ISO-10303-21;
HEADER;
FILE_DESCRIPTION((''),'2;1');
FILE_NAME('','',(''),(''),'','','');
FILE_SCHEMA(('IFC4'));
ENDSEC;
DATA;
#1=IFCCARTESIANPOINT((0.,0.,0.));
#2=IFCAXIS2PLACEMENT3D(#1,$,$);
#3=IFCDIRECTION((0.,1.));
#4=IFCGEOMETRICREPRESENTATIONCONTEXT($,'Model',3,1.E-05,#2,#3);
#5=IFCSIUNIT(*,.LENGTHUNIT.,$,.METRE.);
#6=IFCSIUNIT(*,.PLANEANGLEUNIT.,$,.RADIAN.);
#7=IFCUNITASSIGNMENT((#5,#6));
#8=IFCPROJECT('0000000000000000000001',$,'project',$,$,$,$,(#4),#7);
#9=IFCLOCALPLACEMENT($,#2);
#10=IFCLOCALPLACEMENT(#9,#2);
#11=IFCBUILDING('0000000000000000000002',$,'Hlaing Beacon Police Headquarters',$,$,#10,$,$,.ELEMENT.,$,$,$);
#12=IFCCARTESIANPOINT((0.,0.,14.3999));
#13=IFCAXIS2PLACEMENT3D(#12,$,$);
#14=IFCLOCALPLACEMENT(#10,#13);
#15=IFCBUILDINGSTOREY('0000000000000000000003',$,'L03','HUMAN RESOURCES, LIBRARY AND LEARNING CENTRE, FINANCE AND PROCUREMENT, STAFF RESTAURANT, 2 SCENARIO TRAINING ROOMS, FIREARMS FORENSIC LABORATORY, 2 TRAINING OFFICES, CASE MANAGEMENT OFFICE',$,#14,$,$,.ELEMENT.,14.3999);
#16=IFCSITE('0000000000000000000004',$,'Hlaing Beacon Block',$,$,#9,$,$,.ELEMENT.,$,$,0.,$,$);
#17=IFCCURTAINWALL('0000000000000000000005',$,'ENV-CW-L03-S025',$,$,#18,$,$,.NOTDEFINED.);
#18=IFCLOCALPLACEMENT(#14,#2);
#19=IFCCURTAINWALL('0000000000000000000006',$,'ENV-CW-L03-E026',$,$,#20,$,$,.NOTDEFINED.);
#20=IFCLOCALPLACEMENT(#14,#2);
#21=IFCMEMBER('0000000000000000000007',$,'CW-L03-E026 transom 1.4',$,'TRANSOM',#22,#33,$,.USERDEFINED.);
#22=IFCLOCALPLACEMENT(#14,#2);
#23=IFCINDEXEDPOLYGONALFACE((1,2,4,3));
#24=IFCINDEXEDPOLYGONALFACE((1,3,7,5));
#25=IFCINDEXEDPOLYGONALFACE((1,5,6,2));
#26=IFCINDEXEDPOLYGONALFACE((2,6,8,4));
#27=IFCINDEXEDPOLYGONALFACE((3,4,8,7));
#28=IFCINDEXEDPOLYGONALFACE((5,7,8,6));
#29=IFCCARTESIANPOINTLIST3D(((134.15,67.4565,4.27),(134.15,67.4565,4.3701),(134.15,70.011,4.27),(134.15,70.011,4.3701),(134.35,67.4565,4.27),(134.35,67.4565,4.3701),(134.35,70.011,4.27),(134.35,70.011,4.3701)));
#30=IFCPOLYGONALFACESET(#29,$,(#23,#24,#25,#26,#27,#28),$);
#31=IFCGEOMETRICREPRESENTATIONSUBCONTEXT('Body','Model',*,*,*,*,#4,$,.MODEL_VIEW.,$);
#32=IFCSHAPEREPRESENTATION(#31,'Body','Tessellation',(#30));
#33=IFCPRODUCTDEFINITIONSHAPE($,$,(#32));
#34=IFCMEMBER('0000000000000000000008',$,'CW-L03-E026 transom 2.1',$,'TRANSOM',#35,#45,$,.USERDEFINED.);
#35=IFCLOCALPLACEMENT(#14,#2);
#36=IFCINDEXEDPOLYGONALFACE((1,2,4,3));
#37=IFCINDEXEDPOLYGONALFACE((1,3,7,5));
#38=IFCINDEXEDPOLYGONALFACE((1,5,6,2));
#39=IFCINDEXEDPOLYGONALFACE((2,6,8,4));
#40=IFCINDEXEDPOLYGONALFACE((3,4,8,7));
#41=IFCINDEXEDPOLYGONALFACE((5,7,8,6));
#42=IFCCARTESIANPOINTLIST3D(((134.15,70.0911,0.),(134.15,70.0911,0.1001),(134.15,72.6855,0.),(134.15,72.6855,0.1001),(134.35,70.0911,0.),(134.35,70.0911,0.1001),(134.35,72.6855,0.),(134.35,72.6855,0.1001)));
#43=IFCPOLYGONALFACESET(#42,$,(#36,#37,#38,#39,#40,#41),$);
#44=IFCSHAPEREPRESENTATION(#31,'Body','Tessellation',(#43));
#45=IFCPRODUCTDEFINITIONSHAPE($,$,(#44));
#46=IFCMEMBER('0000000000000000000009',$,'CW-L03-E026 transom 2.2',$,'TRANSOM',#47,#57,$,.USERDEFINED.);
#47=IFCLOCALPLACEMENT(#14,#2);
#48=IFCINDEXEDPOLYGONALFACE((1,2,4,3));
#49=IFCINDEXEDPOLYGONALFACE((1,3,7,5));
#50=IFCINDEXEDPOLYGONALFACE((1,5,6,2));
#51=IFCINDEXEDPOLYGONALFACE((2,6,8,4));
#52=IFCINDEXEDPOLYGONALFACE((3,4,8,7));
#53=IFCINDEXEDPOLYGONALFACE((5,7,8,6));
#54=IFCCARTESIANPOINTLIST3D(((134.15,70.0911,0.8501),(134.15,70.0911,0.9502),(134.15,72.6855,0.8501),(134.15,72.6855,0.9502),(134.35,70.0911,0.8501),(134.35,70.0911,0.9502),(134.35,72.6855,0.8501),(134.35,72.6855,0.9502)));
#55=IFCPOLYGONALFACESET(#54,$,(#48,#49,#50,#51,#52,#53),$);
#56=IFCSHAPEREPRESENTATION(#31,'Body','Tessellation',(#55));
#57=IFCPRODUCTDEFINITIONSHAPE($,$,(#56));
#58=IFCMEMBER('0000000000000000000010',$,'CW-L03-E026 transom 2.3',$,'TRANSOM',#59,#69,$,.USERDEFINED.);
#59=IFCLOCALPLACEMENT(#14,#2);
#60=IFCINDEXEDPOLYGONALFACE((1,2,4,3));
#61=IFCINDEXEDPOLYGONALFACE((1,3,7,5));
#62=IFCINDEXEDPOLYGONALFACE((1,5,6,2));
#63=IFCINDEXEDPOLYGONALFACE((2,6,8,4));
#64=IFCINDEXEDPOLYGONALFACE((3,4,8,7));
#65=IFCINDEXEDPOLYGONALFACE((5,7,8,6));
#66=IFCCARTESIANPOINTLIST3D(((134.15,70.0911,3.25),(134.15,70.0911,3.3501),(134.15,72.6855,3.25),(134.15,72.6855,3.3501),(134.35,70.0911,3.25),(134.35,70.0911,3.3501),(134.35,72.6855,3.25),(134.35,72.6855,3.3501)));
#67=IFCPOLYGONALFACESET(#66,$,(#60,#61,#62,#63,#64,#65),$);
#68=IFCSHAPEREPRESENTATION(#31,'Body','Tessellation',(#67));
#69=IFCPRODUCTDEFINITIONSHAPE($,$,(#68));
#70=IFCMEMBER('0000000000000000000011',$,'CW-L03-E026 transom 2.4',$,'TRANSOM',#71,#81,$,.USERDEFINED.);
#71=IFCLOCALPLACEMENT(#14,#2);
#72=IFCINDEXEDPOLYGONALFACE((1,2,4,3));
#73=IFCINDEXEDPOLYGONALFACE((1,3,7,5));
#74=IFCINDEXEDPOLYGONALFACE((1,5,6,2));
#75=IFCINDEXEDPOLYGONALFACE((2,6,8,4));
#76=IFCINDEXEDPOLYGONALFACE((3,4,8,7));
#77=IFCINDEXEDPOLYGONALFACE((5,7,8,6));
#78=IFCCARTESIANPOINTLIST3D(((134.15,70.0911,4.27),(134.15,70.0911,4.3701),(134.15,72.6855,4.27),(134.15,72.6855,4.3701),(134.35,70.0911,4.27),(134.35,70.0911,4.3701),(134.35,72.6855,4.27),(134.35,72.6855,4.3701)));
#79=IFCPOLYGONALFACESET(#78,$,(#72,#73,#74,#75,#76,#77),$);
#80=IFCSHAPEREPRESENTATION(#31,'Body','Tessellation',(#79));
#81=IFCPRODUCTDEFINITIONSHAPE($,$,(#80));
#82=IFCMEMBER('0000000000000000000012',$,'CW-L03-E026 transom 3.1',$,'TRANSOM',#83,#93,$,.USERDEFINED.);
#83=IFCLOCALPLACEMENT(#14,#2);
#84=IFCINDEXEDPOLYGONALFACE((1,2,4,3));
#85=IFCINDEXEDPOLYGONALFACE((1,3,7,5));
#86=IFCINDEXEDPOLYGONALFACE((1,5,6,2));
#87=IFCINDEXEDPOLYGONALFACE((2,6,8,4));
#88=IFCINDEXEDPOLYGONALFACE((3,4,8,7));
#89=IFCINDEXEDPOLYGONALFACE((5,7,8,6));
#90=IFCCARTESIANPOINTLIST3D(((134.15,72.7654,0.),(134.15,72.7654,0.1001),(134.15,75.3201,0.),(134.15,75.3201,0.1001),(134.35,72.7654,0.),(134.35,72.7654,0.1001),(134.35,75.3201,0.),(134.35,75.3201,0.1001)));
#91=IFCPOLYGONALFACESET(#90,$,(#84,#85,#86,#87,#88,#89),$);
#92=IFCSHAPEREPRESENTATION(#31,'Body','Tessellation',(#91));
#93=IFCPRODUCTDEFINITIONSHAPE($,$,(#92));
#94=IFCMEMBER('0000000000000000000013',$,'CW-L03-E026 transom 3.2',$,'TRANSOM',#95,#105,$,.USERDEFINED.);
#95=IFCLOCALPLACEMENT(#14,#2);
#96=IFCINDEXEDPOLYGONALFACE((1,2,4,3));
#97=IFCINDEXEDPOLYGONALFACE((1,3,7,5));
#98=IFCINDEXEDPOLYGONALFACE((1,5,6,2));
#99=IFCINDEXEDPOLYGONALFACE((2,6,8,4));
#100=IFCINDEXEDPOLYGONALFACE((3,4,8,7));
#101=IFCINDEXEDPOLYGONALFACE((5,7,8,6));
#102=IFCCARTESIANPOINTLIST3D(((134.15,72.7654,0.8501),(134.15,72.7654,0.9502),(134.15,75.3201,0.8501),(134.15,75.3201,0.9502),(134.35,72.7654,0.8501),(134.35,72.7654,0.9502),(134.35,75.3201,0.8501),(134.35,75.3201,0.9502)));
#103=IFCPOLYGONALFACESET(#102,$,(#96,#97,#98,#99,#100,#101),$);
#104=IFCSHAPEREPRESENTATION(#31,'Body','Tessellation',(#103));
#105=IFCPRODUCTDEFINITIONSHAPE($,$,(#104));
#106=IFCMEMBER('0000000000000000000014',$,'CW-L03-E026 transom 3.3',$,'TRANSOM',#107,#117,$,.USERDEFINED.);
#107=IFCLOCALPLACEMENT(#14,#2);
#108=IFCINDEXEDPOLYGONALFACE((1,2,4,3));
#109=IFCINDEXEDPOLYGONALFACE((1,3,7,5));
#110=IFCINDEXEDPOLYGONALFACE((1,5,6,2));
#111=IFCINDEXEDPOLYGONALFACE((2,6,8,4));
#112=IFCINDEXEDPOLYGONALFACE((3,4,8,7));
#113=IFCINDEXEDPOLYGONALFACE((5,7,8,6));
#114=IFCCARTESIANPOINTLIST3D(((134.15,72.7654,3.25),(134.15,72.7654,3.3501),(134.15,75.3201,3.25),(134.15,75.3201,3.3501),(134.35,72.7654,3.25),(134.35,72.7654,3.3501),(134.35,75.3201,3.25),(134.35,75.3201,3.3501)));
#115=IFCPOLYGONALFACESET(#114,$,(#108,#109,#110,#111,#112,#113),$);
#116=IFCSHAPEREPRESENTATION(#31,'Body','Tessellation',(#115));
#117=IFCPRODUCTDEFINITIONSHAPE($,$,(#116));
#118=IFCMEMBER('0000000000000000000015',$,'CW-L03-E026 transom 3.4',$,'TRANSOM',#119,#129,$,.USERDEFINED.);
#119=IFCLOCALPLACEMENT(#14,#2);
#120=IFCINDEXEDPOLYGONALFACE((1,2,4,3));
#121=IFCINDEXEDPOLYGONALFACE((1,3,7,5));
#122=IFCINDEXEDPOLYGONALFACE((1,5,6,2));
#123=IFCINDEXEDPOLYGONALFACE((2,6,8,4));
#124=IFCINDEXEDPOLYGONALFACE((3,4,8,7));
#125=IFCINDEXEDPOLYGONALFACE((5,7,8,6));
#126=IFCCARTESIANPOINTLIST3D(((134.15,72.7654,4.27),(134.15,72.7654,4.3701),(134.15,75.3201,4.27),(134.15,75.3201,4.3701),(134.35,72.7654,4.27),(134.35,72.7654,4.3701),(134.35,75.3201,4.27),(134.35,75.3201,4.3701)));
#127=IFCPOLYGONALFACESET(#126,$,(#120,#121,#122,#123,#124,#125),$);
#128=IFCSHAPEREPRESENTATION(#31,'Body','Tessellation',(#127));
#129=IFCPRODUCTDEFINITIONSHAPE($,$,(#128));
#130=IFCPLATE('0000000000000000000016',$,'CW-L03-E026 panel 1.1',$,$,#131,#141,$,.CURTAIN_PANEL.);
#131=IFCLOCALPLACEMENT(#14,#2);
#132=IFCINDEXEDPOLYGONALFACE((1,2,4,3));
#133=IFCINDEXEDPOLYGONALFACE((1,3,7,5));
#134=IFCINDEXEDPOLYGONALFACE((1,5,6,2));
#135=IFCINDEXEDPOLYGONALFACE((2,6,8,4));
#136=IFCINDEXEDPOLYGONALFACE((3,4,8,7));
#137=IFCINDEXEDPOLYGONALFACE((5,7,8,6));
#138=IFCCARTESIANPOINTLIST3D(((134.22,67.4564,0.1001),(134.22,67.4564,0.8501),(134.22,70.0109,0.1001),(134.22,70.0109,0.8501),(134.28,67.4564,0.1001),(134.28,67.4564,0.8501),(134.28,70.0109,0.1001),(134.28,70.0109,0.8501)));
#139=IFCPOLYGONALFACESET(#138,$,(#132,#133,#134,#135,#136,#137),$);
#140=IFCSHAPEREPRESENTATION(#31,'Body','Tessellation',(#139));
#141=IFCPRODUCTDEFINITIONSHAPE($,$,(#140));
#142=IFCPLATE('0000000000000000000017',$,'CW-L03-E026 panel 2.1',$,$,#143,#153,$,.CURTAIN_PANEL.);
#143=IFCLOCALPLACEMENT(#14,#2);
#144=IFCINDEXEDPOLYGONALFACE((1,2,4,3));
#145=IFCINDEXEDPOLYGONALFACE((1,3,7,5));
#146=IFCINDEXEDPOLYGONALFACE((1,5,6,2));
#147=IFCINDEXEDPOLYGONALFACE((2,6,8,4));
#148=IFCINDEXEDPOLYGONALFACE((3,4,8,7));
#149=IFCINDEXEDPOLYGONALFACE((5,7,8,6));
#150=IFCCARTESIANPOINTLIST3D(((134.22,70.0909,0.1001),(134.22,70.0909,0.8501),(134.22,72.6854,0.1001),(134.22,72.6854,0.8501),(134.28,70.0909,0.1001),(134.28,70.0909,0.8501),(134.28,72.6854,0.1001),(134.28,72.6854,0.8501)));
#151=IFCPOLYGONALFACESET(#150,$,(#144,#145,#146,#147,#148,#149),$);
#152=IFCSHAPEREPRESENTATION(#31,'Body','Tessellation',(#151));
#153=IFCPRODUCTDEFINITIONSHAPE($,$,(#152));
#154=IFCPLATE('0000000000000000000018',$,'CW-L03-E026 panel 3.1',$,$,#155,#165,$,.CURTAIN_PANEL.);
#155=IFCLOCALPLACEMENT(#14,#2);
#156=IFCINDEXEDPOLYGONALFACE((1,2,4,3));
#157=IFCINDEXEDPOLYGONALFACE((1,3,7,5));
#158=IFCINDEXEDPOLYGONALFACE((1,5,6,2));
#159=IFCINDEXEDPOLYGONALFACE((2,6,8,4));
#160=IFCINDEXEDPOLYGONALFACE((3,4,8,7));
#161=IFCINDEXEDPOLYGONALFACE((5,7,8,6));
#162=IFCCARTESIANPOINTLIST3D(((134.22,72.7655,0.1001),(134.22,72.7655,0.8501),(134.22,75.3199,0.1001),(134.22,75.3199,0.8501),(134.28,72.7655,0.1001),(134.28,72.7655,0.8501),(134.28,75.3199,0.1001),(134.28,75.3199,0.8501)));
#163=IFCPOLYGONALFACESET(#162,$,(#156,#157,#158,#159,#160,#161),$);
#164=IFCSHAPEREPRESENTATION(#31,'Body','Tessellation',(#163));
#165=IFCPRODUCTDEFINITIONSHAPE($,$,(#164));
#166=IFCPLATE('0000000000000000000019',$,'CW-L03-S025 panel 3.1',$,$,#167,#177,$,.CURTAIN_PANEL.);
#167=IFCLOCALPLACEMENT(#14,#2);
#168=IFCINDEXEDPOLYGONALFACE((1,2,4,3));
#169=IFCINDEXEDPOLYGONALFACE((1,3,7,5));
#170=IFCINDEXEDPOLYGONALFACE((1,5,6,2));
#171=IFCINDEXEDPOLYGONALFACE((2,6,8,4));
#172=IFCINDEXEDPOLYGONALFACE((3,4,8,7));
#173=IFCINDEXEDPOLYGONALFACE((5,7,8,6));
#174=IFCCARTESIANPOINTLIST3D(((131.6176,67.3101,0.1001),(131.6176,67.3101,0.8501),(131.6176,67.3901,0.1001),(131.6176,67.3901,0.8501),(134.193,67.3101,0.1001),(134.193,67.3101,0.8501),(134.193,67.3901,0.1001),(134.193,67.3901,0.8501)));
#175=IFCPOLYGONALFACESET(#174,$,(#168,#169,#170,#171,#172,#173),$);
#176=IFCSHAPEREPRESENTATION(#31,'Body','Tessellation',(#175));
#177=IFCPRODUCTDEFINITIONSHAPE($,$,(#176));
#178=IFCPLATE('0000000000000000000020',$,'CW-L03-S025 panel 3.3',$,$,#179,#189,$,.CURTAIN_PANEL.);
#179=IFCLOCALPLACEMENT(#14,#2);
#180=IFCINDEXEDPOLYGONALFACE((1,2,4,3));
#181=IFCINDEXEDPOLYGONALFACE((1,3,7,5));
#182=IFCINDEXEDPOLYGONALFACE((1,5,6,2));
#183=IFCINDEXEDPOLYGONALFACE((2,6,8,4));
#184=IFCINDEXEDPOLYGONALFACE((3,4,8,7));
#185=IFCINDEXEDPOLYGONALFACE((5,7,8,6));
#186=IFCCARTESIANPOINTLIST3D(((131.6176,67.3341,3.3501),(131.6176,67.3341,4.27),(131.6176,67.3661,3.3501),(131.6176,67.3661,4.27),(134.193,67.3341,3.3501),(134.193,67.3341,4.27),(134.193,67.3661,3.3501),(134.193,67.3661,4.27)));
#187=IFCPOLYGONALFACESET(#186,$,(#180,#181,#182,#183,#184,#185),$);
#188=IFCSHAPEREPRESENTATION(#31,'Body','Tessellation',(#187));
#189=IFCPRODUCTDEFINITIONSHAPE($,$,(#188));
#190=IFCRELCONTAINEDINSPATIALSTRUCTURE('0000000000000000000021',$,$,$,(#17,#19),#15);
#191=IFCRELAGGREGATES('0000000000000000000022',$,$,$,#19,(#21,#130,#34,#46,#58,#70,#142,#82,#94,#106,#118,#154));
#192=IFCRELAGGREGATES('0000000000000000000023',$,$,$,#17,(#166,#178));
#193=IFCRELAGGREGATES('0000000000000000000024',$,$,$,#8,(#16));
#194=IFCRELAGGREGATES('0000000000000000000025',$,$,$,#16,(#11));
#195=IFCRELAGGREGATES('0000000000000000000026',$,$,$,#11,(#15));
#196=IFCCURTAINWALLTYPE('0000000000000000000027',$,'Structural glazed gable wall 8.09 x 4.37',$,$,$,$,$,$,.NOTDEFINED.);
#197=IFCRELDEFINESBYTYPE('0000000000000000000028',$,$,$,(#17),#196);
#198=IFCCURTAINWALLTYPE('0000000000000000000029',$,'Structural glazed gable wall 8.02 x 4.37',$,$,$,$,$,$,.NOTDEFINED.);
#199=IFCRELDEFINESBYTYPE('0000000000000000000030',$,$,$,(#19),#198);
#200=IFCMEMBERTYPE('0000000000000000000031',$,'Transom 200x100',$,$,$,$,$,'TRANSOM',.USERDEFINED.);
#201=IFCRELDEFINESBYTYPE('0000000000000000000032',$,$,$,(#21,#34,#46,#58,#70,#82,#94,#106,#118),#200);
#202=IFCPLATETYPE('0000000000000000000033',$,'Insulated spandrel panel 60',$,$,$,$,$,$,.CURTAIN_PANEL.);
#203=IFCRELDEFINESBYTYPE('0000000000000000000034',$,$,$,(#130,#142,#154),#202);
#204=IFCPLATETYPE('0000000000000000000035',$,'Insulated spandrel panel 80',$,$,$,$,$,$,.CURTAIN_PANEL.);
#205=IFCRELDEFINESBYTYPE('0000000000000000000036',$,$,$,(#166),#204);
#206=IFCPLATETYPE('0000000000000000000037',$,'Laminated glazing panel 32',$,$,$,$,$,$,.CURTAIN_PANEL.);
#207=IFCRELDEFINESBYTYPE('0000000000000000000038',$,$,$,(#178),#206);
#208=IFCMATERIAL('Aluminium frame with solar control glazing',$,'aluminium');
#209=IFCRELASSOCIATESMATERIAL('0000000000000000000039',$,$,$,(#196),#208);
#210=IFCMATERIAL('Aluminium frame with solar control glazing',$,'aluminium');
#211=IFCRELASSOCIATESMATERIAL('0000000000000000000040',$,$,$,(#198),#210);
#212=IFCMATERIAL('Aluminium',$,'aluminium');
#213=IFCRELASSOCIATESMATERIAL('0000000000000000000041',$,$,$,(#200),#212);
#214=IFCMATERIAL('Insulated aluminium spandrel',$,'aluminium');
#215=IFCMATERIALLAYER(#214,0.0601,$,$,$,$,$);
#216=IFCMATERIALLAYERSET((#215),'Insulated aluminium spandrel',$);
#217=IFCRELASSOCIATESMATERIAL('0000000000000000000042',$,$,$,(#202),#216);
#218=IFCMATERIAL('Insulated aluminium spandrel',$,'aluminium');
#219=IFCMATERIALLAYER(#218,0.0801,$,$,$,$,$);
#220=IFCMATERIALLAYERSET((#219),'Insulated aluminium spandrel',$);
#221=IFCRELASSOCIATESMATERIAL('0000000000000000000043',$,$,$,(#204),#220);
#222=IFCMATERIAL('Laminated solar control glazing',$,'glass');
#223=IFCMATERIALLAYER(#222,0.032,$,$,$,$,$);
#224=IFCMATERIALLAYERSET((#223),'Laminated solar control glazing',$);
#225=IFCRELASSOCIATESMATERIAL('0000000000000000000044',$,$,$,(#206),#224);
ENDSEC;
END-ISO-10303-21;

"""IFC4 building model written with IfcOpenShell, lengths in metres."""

from ifc_helpers import new_model, si_unit, direction, frame, origin, origin_2d, place, context, subcontext, project, spatial, rectangle, extrude, material, layer, layer_set, material_profile, profile_set, type_object, element, aggregate, save


model = new_model("IFC4")

# Units and contexts
model_context = context("Model", 3, precision=1e-05, world=origin(), true_north=direction((0.0, 1.0)))
body_context = subcontext(model_context, "Body", "Model", "MODEL_VIEW")
ifc_project = project(units=[si_unit("LENGTHUNIT", "METRE"), si_unit("PLANEANGLEUNIT", "RADIAN")], contexts=[model_context])

# Site, building, storey
site_placement = place(None, origin())
site = spatial("IfcSite", under=ifc_project, at=site_placement, Name="Hlaing Beacon Block", CompositionType="ELEMENT", RefElevation=0.0)
building_placement = place(site_placement, origin())
building = spatial("IfcBuilding", under=site, at=building_placement, Name="Hlaing Beacon Police Headquarters", CompositionType="ELEMENT")
storey_placement = place(building_placement, frame((0.0, 0.0, 14.3999)))
storey = spatial("IfcBuildingStorey", under=building, at=storey_placement, Name="L03", Description="HUMAN RESOURCES, LIBRARY AND LEARNING CENTRE, FINANCE AND PROCUREMENT, STAFF RESTAURANT, 2 SCENARIO TRAINING ROOMS, FIREARMS FORENSIC LABORATORY, 2 TRAINING OFFICES, CASE MANAGEMENT OFFICE", CompositionType="ELEMENT", Elevation=14.3999)

# Curtain wall
ifc_material_1 = material(Name="Aluminium frame with solar control glazing", Category="aluminium")
curtain_wall_type_1 = type_object("IfcCurtainWallType", Name="Structural glazed gable wall 8.09 x 4.37", PredefinedType="NOTDEFINED", material=ifc_material_1)
curtain_wall_1_placement = place(storey_placement, origin())
curtain_wall_1 = element("IfcCurtainWall", 1, at=curtain_wall_1_placement, inside=storey, type_object=curtain_wall_type_1, Name="ENV-CW-L03-S025", PredefinedType="NOTDEFINED")

# Curtain wall, members, plates
ifc_material_2 = material(Name="Aluminium frame with solar control glazing", Category="aluminium")
curtain_wall_type_2 = type_object("IfcCurtainWallType", Name="Structural glazed gable wall 8.02 x 4.37", PredefinedType="NOTDEFINED", material=ifc_material_2)
curtain_wall_2_placement = place(storey_placement, origin())
curtain_wall_2 = element("IfcCurtainWall", 2, at=curtain_wall_2_placement, inside=storey, type_object=curtain_wall_type_2, Name="ENV-CW-L03-E026", PredefinedType="NOTDEFINED")
ifc_material_3 = material(Name="Aluminium", Category="aluminium")
ifc_material_profile_1 = material_profile(ifc_material_3, rectangle(XDim=0.2, YDim=0.1001, at=origin_2d()), Name="Transom 200x100")
ifc_profile_set_1 = profile_set([ifc_material_profile_1], Name="Aluminium")
member_type_1 = type_object("IfcMemberType", Name="Transom 200x100", ElementType="TRANSOM", PredefinedType="USERDEFINED", material=ifc_profile_set_1)
member_1_placement = place(storey_placement, frame((134.25, 67.4565, 4.3201), z_axis=(0.0, 1.0, 0.0), x_axis=(-1.0, 0.0, 0.0)))
member_1 = element("IfcMember", 3, at=member_1_placement, type_object=member_type_1, Name="CW-L03-E026 transom 1.4", ObjectType="TRANSOM", PredefinedType="USERDEFINED", context=body_context, shape_type="SweptSolid", body=[
    extrude(rectangle(XDim=0.2, YDim=0.1001, at=origin_2d()), origin(), (0.0, 0.0, 1.0), 2.5544),
])
member_2_placement = place(storey_placement, frame((134.25, 70.0911, 0.05), z_axis=(0.0, 1.0, 0.0), x_axis=(-1.0, 0.0, 0.0)))
member_2 = element("IfcMember", 4, at=member_2_placement, type_object=member_type_1, Name="CW-L03-E026 transom 2.1", ObjectType="TRANSOM", PredefinedType="USERDEFINED", context=body_context, shape_type="SweptSolid", body=[
    extrude(rectangle(XDim=0.2, YDim=0.1001, at=origin_2d()), origin(), (0.0, 0.0, 1.0), 2.5945),
])
member_3_placement = place(storey_placement, frame((134.25, 70.0911, 0.9001), z_axis=(0.0, 1.0, 0.0), x_axis=(-1.0, 0.0, 0.0)))
member_3 = element("IfcMember", 5, at=member_3_placement, type_object=member_type_1, Name="CW-L03-E026 transom 2.2", ObjectType="TRANSOM", PredefinedType="USERDEFINED", context=body_context, shape_type="SweptSolid", body=[
    extrude(rectangle(XDim=0.2, YDim=0.1001, at=origin_2d()), origin(), (0.0, 0.0, 1.0), 2.5945),
])
member_4_placement = place(storey_placement, frame((134.25, 70.0911, 3.3), z_axis=(0.0, 1.0, 0.0), x_axis=(-1.0, 0.0, 0.0)))
member_4 = element("IfcMember", 6, at=member_4_placement, type_object=member_type_1, Name="CW-L03-E026 transom 2.3", ObjectType="TRANSOM", PredefinedType="USERDEFINED", context=body_context, shape_type="SweptSolid", body=[
    extrude(rectangle(XDim=0.2, YDim=0.1001, at=origin_2d()), origin(), (0.0, 0.0, 1.0), 2.5945),
])
member_5_placement = place(storey_placement, frame((134.25, 70.0911, 4.3201), z_axis=(0.0, 1.0, 0.0), x_axis=(-1.0, 0.0, 0.0)))
member_5 = element("IfcMember", 7, at=member_5_placement, type_object=member_type_1, Name="CW-L03-E026 transom 2.4", ObjectType="TRANSOM", PredefinedType="USERDEFINED", context=body_context, shape_type="SweptSolid", body=[
    extrude(rectangle(XDim=0.2, YDim=0.1001, at=origin_2d()), origin(), (0.0, 0.0, 1.0), 2.5945),
])
member_6_placement = place(storey_placement, frame((134.25, 72.7654, 0.05), z_axis=(0.0, 1.0, 0.0), x_axis=(-1.0, 0.0, 0.0)))
member_6 = element("IfcMember", 8, at=member_6_placement, type_object=member_type_1, Name="CW-L03-E026 transom 3.1", ObjectType="TRANSOM", PredefinedType="USERDEFINED", context=body_context, shape_type="SweptSolid", body=[
    extrude(rectangle(XDim=0.2, YDim=0.1001, at=origin_2d()), origin(), (0.0, 0.0, 1.0), 2.5547),
])
member_7_placement = place(storey_placement, frame((134.25, 72.7654, 0.9001), z_axis=(0.0, 1.0, 0.0), x_axis=(-1.0, 0.0, 0.0)))
member_7 = element("IfcMember", 9, at=member_7_placement, type_object=member_type_1, Name="CW-L03-E026 transom 3.2", ObjectType="TRANSOM", PredefinedType="USERDEFINED", context=body_context, shape_type="SweptSolid", body=[
    extrude(rectangle(XDim=0.2, YDim=0.1001, at=origin_2d()), origin(), (0.0, 0.0, 1.0), 2.5547),
])
member_8_placement = place(storey_placement, frame((134.25, 72.7654, 3.3), z_axis=(0.0, 1.0, 0.0), x_axis=(-1.0, 0.0, 0.0)))
member_8 = element("IfcMember", 10, at=member_8_placement, type_object=member_type_1, Name="CW-L03-E026 transom 3.3", ObjectType="TRANSOM", PredefinedType="USERDEFINED", context=body_context, shape_type="SweptSolid", body=[
    extrude(rectangle(XDim=0.2, YDim=0.1001, at=origin_2d()), origin(), (0.0, 0.0, 1.0), 2.5547),
])
member_9_placement = place(storey_placement, frame((134.25, 72.7654, 4.3201), z_axis=(0.0, 1.0, 0.0), x_axis=(-1.0, 0.0, 0.0)))
member_9 = element("IfcMember", 11, at=member_9_placement, type_object=member_type_1, Name="CW-L03-E026 transom 3.4", ObjectType="TRANSOM", PredefinedType="USERDEFINED", context=body_context, shape_type="SweptSolid", body=[
    extrude(rectangle(XDim=0.2, YDim=0.1001, at=origin_2d()), origin(), (0.0, 0.0, 1.0), 2.5547),
])
ifc_material_4 = material(Name="Insulated aluminium spandrel", Category="aluminium")
ifc_layer_1 = layer(ifc_material_4, 0.0601)
ifc_layer_set_1 = layer_set([ifc_layer_1], Name="Insulated aluminium spandrel")
plate_type_1 = type_object("IfcPlateType", Name="Insulated spandrel panel 60", PredefinedType="CURTAIN_PANEL", material=ifc_layer_set_1)
plate_1_placement = place(storey_placement, frame((134.25, 68.7336, 0.1001), z_axis=(0.0, 0.0, 1.0), x_axis=(0.0, 1.0, 0.0)))
plate_1 = element("IfcPlate", 12, at=plate_1_placement, type_object=plate_type_1, Name="CW-L03-E026 panel 1.1", PredefinedType="CURTAIN_PANEL", context=body_context, shape_type="SweptSolid", body=[
    extrude(rectangle(XDim=2.5544, YDim=0.0601, at=origin_2d()), origin(), (0.0, 0.0, 1.0), 0.75),
])
plate_2_placement = place(storey_placement, frame((134.25, 71.3882, 0.1001), z_axis=(0.0, 0.0, 1.0), x_axis=(0.0, 1.0, 0.0)))
plate_2 = element("IfcPlate", 13, at=plate_2_placement, type_object=plate_type_1, Name="CW-L03-E026 panel 2.1", PredefinedType="CURTAIN_PANEL", context=body_context, shape_type="SweptSolid", body=[
    extrude(rectangle(XDim=2.5945, YDim=0.0601, at=origin_2d()), origin(), (0.0, 0.0, 1.0), 0.75),
])
plate_3_placement = place(storey_placement, frame((134.25, 74.0427, 0.1001), z_axis=(0.0, 0.0, 1.0), x_axis=(0.0, 1.0, 0.0)))
plate_3 = element("IfcPlate", 14, at=plate_3_placement, type_object=plate_type_1, Name="CW-L03-E026 panel 3.1", PredefinedType="CURTAIN_PANEL", context=body_context, shape_type="SweptSolid", body=[
    extrude(rectangle(XDim=2.5544, YDim=0.0601, at=origin_2d()), origin(), (0.0, 0.0, 1.0), 0.75),
])

# Plates
ifc_material_5 = material(Name="Insulated aluminium spandrel", Category="aluminium")
ifc_layer_2 = layer(ifc_material_5, 0.0801)
ifc_layer_set_2 = layer_set([ifc_layer_2], Name="Insulated aluminium spandrel")
plate_type_2 = type_object("IfcPlateType", Name="Insulated spandrel panel 80", PredefinedType="CURTAIN_PANEL", material=ifc_layer_set_2)
plate_4_placement = place(storey_placement, frame((132.9053, 67.3501, 0.1001), z_axis=(0.0, 0.0, 1.0), x_axis=(1.0, 0.0, 0.0)))
plate_4 = element("IfcPlate", 15, at=plate_4_placement, type_object=plate_type_2, Name="CW-L03-S025 panel 3.1", PredefinedType="CURTAIN_PANEL", context=body_context, shape_type="SweptSolid", body=[
    extrude(rectangle(XDim=2.5754, YDim=0.0801, at=origin_2d()), origin(), (0.0, 0.0, 1.0), 0.75),
])
ifc_material_6 = material(Name="Laminated solar control glazing", Category="glass")
ifc_layer_3 = layer(ifc_material_6, 0.032)
ifc_layer_set_3 = layer_set([ifc_layer_3], Name="Laminated solar control glazing")
plate_type_3 = type_object("IfcPlateType", Name="Laminated glazing panel 32", PredefinedType="CURTAIN_PANEL", material=ifc_layer_set_3)
plate_5_placement = place(storey_placement, frame((132.9053, 67.3501, 3.3501), z_axis=(0.0, 0.0, 1.0), x_axis=(1.0, 0.0, 0.0)))
plate_5 = element("IfcPlate", 16, at=plate_5_placement, type_object=plate_type_3, Name="CW-L03-S025 panel 3.3", PredefinedType="CURTAIN_PANEL", context=body_context, shape_type="SweptSolid", body=[
    extrude(rectangle(XDim=2.5754, YDim=0.032, at=origin_2d()), origin(), (0.0, 0.0, 1.0), 0.9199),
])
aggregate(curtain_wall_2, [member_1, plate_1, member_2, member_3, member_4, member_5, plate_2, member_6, member_7, member_8, member_9, plate_3])
aggregate(curtain_wall_1, [plate_4, plate_5])

save(model, "model.ifc")
